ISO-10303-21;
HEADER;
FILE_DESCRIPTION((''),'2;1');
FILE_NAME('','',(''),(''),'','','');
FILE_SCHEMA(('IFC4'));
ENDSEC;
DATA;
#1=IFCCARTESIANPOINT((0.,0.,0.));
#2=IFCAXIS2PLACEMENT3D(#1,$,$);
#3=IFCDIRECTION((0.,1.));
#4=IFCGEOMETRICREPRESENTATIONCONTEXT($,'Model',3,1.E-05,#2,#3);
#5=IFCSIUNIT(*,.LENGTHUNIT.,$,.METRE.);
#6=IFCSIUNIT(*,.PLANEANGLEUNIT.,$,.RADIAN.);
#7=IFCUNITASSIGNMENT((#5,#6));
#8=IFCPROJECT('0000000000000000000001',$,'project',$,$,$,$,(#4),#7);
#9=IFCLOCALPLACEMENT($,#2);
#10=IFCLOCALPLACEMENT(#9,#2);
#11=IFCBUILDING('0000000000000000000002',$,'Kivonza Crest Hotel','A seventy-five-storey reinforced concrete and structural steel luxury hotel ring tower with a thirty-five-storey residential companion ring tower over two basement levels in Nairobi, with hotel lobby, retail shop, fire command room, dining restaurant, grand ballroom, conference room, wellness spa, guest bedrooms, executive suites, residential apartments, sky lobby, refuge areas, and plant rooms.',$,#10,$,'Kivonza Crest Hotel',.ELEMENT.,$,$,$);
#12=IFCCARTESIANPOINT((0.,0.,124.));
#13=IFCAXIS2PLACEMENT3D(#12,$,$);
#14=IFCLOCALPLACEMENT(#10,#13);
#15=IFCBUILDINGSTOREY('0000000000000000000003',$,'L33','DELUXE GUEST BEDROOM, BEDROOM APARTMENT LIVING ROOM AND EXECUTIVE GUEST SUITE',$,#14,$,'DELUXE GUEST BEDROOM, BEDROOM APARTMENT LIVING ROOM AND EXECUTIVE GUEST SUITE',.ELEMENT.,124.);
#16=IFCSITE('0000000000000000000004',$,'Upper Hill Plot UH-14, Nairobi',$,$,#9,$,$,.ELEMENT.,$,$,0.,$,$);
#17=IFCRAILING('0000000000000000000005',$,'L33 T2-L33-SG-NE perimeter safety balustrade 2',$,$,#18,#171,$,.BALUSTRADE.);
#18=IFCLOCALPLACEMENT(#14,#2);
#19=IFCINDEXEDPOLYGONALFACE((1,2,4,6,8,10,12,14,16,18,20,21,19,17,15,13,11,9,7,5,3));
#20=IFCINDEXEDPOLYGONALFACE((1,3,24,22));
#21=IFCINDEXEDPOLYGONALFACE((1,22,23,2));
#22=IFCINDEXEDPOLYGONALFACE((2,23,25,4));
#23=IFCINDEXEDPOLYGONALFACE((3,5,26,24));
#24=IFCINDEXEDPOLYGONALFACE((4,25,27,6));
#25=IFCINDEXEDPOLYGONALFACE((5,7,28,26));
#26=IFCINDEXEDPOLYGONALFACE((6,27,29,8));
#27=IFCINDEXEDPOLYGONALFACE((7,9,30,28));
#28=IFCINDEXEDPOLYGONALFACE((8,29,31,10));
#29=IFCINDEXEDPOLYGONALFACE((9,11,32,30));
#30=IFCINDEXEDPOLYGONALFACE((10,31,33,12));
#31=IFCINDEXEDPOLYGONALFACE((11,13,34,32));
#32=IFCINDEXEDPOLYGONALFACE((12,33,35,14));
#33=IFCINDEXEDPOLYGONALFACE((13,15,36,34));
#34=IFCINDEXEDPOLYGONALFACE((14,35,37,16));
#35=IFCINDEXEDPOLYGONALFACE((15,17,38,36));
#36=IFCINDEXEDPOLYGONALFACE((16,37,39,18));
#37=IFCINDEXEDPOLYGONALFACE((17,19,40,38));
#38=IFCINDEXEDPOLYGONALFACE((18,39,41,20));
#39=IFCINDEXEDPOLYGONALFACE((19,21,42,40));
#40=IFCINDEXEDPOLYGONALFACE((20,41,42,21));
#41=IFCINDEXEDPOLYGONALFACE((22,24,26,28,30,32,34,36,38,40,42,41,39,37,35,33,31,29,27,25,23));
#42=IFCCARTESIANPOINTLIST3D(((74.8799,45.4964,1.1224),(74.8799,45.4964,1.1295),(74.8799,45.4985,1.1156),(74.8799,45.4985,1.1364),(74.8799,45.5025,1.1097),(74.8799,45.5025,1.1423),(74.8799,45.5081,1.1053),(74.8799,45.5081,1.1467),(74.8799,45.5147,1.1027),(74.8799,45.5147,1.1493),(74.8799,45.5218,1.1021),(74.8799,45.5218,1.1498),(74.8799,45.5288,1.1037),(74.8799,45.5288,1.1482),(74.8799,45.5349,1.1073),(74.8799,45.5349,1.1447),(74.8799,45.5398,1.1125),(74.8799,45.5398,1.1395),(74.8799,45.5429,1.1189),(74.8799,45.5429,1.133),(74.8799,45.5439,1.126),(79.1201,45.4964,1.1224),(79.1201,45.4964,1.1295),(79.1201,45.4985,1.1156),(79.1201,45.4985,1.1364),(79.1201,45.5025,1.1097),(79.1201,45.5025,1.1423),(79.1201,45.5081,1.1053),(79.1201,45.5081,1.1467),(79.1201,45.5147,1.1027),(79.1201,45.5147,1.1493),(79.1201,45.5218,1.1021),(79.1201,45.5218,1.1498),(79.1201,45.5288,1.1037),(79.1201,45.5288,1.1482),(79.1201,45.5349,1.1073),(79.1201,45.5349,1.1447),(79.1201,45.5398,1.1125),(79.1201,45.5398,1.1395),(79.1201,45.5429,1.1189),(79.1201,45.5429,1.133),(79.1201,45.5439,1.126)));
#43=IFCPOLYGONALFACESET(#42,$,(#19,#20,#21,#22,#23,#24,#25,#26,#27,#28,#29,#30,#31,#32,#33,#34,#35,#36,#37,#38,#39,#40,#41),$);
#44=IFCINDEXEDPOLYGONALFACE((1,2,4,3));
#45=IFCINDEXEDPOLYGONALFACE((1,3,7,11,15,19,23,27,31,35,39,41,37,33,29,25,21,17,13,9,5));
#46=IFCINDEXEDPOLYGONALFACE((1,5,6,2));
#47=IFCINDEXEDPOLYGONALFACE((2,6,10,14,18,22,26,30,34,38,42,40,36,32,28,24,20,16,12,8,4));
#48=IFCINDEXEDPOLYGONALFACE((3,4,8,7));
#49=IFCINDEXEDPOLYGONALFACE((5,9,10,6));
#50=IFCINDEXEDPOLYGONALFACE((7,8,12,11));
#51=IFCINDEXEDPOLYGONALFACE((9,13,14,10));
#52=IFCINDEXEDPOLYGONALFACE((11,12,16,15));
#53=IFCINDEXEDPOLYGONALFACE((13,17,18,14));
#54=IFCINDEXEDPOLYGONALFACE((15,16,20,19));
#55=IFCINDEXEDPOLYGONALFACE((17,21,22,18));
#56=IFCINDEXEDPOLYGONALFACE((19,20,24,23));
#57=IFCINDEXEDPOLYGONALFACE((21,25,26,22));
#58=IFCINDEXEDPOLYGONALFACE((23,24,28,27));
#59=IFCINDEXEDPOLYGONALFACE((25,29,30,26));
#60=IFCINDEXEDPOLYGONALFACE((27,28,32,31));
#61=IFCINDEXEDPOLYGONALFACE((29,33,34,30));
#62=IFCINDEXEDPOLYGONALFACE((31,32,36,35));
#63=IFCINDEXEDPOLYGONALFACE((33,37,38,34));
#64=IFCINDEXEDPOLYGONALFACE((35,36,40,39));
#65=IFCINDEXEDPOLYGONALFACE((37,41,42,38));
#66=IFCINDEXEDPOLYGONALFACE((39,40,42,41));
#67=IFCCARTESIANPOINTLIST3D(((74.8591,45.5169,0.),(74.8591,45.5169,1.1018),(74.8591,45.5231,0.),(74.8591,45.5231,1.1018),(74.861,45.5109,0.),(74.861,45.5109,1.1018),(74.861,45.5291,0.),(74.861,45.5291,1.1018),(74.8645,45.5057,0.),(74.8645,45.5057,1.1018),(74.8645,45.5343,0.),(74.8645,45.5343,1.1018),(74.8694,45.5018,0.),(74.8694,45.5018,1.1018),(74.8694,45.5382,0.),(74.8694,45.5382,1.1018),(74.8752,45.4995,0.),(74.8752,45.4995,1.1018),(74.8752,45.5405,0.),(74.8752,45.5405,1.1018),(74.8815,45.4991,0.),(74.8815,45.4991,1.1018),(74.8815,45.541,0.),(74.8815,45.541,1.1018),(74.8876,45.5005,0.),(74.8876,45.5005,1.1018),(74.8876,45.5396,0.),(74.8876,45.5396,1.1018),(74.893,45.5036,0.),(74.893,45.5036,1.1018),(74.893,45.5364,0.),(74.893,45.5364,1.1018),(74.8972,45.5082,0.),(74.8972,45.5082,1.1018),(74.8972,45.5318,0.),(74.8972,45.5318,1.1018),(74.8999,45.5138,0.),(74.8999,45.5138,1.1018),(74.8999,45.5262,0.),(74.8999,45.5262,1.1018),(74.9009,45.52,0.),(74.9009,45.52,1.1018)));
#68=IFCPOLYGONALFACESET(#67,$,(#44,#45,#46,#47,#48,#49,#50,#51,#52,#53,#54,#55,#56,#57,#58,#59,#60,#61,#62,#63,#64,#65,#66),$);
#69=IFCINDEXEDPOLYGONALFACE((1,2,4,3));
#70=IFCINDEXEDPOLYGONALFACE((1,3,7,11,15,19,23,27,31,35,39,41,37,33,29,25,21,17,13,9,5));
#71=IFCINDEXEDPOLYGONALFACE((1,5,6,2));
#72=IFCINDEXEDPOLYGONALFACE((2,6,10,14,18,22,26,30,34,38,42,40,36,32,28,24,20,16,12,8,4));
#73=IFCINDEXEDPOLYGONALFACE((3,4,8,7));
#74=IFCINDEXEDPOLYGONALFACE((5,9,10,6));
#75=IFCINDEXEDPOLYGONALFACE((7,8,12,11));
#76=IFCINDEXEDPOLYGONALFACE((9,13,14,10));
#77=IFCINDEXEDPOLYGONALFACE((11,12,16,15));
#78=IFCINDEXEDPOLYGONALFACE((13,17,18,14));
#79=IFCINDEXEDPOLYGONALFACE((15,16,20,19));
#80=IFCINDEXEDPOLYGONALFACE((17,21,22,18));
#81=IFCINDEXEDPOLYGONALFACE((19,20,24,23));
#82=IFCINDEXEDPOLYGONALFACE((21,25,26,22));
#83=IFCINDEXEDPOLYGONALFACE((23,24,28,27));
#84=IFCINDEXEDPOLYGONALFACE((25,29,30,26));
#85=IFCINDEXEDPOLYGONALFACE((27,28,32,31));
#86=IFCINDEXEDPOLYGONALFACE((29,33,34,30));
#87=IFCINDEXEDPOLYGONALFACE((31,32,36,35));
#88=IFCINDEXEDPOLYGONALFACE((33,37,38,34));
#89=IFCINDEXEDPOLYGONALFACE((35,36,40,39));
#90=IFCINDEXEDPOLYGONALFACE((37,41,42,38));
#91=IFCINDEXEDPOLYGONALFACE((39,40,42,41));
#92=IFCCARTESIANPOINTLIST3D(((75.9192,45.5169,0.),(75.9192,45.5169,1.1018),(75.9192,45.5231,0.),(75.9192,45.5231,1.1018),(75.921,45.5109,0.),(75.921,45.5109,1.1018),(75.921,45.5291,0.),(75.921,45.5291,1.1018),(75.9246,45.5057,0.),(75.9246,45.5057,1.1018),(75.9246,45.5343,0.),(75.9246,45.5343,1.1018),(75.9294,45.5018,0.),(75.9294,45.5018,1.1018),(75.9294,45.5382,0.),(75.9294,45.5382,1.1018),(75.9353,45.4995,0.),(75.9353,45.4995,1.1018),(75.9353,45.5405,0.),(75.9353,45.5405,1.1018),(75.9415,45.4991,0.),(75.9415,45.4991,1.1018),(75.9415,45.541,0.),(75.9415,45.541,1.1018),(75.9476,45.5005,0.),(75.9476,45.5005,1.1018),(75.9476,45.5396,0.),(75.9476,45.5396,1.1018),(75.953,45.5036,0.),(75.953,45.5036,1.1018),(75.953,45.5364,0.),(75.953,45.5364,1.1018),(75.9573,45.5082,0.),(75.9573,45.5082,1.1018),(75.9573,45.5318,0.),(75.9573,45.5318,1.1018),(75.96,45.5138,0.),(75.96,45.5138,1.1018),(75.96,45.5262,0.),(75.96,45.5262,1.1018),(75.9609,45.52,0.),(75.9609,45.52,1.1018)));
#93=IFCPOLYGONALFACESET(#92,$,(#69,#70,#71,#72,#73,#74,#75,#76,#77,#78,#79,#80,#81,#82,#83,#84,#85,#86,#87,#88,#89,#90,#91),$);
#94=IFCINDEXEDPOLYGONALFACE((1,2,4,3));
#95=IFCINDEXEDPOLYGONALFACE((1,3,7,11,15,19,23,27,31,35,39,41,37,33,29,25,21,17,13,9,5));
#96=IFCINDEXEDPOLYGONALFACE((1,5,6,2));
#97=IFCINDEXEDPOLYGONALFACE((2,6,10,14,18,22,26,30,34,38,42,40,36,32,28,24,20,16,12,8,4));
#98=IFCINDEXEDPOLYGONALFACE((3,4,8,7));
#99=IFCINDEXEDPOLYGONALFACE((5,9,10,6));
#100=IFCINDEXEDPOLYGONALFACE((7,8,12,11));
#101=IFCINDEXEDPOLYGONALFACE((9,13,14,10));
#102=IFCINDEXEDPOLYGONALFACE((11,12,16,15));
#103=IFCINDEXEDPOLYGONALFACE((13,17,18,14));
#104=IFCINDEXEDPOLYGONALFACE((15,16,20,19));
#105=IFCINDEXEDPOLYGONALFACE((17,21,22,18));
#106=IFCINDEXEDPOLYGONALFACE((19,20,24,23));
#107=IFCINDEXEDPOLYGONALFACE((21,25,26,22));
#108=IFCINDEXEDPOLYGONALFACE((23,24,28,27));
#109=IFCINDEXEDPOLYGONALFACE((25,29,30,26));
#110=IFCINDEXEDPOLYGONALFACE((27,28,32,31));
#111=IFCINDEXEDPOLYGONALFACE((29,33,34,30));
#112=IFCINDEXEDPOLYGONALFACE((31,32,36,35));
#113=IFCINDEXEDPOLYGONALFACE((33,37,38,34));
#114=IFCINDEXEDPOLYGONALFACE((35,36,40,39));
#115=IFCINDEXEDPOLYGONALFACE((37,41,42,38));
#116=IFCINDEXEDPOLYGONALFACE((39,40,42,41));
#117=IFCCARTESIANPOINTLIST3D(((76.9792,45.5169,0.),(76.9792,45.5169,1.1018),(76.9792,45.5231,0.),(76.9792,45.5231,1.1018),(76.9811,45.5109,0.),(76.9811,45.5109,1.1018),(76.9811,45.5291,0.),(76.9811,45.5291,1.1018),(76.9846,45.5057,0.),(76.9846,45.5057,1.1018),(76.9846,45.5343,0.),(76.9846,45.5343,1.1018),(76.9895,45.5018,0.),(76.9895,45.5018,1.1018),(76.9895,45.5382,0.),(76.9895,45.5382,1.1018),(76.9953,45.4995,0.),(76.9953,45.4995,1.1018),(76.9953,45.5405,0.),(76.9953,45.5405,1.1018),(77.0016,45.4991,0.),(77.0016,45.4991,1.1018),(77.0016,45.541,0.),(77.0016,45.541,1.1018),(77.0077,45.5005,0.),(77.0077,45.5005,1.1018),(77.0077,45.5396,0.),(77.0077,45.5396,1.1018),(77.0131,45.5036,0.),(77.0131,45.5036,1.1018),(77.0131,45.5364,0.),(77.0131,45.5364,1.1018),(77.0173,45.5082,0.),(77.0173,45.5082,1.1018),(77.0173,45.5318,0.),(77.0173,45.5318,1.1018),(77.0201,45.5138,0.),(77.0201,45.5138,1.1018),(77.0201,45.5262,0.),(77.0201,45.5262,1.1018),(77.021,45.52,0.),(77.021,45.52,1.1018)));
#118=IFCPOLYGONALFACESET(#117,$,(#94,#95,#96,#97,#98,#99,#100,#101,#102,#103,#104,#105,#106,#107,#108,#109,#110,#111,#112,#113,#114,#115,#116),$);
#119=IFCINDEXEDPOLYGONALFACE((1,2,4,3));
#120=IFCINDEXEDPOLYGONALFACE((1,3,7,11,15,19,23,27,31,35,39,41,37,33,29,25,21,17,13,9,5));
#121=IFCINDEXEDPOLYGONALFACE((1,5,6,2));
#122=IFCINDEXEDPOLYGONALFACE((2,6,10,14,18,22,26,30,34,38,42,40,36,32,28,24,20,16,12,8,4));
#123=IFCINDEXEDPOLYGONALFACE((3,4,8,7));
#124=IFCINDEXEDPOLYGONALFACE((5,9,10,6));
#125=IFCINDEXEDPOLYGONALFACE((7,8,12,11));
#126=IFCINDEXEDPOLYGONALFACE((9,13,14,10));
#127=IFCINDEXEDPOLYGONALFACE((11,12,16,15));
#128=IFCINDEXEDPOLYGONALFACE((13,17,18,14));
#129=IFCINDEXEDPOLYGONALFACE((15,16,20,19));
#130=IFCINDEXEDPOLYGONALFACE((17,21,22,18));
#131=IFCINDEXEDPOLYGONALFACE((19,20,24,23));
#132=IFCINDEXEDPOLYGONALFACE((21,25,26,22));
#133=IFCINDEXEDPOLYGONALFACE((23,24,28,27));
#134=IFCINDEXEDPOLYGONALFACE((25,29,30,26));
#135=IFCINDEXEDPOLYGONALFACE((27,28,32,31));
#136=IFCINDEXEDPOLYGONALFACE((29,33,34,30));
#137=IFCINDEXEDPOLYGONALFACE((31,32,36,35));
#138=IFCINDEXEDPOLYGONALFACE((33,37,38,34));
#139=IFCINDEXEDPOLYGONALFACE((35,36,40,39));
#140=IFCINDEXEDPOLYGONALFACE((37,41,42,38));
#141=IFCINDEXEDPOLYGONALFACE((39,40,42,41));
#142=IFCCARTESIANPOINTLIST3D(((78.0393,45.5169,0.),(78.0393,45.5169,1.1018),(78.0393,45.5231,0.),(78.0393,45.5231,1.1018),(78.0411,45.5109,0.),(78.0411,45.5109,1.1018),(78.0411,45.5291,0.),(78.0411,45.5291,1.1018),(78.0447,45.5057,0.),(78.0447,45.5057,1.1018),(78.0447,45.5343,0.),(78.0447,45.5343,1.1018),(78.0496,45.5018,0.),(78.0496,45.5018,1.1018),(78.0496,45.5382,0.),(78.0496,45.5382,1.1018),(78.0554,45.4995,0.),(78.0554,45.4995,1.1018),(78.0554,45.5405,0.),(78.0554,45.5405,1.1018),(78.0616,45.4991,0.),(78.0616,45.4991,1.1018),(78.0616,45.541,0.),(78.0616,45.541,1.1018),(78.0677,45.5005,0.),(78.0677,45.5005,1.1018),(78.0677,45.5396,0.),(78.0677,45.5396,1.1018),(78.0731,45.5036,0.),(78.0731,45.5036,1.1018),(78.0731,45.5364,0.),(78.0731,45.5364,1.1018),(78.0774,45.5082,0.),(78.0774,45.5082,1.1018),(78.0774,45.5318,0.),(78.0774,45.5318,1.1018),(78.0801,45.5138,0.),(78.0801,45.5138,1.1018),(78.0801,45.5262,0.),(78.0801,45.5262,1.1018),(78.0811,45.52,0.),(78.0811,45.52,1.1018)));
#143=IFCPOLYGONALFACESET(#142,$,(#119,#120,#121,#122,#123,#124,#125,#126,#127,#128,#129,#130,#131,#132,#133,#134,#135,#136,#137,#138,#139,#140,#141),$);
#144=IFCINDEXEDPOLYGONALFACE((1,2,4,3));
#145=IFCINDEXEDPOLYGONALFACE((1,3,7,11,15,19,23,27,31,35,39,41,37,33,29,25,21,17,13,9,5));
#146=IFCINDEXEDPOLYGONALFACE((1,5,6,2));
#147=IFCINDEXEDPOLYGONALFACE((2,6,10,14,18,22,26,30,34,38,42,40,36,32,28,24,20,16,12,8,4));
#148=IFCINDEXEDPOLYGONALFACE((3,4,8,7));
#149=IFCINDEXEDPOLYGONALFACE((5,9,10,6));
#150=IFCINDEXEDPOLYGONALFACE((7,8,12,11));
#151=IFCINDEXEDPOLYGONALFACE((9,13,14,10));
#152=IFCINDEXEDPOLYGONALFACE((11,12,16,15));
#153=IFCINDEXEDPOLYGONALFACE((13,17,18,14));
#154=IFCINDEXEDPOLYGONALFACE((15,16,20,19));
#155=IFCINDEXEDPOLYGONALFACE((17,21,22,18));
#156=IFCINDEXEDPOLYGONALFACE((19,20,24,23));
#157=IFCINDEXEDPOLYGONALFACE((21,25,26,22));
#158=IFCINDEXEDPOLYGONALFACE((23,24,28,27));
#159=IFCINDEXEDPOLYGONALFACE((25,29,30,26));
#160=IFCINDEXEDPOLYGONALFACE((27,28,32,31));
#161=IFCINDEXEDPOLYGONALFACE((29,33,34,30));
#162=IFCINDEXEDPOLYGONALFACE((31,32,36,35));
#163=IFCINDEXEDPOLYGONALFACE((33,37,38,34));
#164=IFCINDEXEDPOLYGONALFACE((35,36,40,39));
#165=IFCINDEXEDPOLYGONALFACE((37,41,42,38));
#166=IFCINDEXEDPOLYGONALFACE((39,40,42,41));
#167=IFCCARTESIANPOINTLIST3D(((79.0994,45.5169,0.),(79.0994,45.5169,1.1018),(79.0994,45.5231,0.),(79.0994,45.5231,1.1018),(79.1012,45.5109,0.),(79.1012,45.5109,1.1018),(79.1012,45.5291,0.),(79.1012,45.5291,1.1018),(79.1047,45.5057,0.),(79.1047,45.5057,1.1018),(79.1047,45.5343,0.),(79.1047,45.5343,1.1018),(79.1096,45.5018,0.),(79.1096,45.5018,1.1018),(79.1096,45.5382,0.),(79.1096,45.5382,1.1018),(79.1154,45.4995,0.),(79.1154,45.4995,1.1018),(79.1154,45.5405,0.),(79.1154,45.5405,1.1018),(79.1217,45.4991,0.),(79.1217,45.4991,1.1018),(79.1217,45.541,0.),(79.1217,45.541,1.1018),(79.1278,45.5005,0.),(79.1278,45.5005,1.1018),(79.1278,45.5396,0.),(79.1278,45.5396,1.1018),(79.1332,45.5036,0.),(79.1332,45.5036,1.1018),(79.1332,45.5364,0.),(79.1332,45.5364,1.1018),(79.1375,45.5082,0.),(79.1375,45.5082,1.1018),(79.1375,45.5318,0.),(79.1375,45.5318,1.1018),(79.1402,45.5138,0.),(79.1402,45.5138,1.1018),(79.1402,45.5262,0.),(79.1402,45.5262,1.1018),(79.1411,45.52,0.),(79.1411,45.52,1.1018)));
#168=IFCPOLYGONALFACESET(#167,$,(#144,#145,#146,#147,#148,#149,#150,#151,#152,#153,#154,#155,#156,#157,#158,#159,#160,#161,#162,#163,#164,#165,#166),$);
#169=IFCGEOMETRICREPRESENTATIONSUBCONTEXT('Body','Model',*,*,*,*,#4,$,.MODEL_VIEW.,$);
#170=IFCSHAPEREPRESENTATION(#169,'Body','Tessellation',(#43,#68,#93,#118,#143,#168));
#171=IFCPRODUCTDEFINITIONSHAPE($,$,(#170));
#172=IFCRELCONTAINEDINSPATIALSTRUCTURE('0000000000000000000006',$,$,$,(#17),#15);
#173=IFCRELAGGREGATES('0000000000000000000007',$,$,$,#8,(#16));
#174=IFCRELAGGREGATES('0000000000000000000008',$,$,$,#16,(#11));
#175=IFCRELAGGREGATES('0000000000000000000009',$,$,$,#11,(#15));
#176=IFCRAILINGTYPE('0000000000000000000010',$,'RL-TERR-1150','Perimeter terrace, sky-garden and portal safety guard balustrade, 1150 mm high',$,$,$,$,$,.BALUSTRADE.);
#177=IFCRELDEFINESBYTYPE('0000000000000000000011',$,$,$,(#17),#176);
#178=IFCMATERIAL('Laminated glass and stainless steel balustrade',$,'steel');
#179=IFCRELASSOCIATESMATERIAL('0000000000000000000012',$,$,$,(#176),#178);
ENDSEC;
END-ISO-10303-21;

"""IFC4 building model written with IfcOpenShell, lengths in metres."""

from ifc_helpers import new_model, si_unit, direction, frame, origin, origin_2d, place, context, subcontext, project, spatial, circle, extrude, material, type_object, element, save


model = new_model("IFC4")

# Units and contexts
model_context = context("Model", 3, precision=1e-05, world=origin(), true_north=direction((0.0, 1.0)))
body_context = subcontext(model_context, "Body", "Model", "MODEL_VIEW")
ifc_project = project(units=[si_unit("LENGTHUNIT", "METRE"), si_unit("PLANEANGLEUNIT", "RADIAN")], contexts=[model_context])

# Site, building, storey
site_placement = place(None, origin())
site = spatial("IfcSite", under=ifc_project, at=site_placement, Name="Upper Hill Plot UH-14, Nairobi", CompositionType="ELEMENT", RefElevation=0.0)
building_placement = place(site_placement, origin())
building = spatial("IfcBuilding", under=site, at=building_placement, Name="Kivonza Crest Hotel", Description="A seventy-five-storey reinforced concrete and structural steel luxury hotel ring tower with a thirty-five-storey residential companion ring tower over two basement levels in Nairobi, with hotel lobby, retail shop, fire command room, dining restaurant, grand ballroom, conference room, wellness spa, guest bedrooms, executive suites, residential apartments, sky lobby, refuge areas, and plant rooms.", LongName="Kivonza Crest Hotel", CompositionType="ELEMENT")
storey_placement = place(building_placement, frame((0.0, 0.0, 124.0)))
storey = spatial("IfcBuildingStorey", under=building, at=storey_placement, Name="L33", Description="DELUXE GUEST BEDROOM, BEDROOM APARTMENT LIVING ROOM AND EXECUTIVE GUEST SUITE", LongName="DELUXE GUEST BEDROOM, BEDROOM APARTMENT LIVING ROOM AND EXECUTIVE GUEST SUITE", CompositionType="ELEMENT", Elevation=124.0)

# Railing
ifc_material_1 = material(Name="Laminated glass and stainless steel balustrade", Category="steel")
railing_type_1 = type_object("IfcRailingType", Name="RL-TERR-1150", Description="Perimeter terrace, sky-garden and portal safety guard balustrade, 1150 mm high", PredefinedType="BALUSTRADE", material=ifc_material_1)
railing_1_placement = place(storey_placement, frame((74.8799, 45.52, 0.0)))
element("IfcRailing", 1, at=railing_1_placement, inside=storey, type_object=railing_type_1, Name="L33 T2-L33-SG-NE perimeter safety balustrade 2", PredefinedType="BALUSTRADE", context=body_context, shape_type="SweptSolid", body=[
    extrude(circle(Radius=0.0239, at=origin_2d()), frame((0.0, 0.0, 1.126), z_axis=(1.0, 0.0, 0.0), x_axis=(0.0, 1.0, 0.0)), (0.0, 0.0, 1.0), 4.2402),
    extrude(circle(Radius=0.021, at=origin_2d()), origin(), (0.0, 0.0, 1.0), 1.1018),
    extrude(circle(Radius=0.021, at=origin_2d()), frame((1.0601, 0.0, 0.0)), (0.0, 0.0, 1.0), 1.1018),
    extrude(circle(Radius=0.021, at=origin_2d()), frame((2.1201, 0.0, 0.0)), (0.0, 0.0, 1.0), 1.1018),
    extrude(circle(Radius=0.021, at=origin_2d()), frame((3.1802, 0.0, 0.0)), (0.0, 0.0, 1.0), 1.1018),
    extrude(circle(Radius=0.021, at=origin_2d()), frame((4.2402, 0.0, 0.0)), (0.0, 0.0, 1.0), 1.1018),
])

save(model, "model.ifc")
